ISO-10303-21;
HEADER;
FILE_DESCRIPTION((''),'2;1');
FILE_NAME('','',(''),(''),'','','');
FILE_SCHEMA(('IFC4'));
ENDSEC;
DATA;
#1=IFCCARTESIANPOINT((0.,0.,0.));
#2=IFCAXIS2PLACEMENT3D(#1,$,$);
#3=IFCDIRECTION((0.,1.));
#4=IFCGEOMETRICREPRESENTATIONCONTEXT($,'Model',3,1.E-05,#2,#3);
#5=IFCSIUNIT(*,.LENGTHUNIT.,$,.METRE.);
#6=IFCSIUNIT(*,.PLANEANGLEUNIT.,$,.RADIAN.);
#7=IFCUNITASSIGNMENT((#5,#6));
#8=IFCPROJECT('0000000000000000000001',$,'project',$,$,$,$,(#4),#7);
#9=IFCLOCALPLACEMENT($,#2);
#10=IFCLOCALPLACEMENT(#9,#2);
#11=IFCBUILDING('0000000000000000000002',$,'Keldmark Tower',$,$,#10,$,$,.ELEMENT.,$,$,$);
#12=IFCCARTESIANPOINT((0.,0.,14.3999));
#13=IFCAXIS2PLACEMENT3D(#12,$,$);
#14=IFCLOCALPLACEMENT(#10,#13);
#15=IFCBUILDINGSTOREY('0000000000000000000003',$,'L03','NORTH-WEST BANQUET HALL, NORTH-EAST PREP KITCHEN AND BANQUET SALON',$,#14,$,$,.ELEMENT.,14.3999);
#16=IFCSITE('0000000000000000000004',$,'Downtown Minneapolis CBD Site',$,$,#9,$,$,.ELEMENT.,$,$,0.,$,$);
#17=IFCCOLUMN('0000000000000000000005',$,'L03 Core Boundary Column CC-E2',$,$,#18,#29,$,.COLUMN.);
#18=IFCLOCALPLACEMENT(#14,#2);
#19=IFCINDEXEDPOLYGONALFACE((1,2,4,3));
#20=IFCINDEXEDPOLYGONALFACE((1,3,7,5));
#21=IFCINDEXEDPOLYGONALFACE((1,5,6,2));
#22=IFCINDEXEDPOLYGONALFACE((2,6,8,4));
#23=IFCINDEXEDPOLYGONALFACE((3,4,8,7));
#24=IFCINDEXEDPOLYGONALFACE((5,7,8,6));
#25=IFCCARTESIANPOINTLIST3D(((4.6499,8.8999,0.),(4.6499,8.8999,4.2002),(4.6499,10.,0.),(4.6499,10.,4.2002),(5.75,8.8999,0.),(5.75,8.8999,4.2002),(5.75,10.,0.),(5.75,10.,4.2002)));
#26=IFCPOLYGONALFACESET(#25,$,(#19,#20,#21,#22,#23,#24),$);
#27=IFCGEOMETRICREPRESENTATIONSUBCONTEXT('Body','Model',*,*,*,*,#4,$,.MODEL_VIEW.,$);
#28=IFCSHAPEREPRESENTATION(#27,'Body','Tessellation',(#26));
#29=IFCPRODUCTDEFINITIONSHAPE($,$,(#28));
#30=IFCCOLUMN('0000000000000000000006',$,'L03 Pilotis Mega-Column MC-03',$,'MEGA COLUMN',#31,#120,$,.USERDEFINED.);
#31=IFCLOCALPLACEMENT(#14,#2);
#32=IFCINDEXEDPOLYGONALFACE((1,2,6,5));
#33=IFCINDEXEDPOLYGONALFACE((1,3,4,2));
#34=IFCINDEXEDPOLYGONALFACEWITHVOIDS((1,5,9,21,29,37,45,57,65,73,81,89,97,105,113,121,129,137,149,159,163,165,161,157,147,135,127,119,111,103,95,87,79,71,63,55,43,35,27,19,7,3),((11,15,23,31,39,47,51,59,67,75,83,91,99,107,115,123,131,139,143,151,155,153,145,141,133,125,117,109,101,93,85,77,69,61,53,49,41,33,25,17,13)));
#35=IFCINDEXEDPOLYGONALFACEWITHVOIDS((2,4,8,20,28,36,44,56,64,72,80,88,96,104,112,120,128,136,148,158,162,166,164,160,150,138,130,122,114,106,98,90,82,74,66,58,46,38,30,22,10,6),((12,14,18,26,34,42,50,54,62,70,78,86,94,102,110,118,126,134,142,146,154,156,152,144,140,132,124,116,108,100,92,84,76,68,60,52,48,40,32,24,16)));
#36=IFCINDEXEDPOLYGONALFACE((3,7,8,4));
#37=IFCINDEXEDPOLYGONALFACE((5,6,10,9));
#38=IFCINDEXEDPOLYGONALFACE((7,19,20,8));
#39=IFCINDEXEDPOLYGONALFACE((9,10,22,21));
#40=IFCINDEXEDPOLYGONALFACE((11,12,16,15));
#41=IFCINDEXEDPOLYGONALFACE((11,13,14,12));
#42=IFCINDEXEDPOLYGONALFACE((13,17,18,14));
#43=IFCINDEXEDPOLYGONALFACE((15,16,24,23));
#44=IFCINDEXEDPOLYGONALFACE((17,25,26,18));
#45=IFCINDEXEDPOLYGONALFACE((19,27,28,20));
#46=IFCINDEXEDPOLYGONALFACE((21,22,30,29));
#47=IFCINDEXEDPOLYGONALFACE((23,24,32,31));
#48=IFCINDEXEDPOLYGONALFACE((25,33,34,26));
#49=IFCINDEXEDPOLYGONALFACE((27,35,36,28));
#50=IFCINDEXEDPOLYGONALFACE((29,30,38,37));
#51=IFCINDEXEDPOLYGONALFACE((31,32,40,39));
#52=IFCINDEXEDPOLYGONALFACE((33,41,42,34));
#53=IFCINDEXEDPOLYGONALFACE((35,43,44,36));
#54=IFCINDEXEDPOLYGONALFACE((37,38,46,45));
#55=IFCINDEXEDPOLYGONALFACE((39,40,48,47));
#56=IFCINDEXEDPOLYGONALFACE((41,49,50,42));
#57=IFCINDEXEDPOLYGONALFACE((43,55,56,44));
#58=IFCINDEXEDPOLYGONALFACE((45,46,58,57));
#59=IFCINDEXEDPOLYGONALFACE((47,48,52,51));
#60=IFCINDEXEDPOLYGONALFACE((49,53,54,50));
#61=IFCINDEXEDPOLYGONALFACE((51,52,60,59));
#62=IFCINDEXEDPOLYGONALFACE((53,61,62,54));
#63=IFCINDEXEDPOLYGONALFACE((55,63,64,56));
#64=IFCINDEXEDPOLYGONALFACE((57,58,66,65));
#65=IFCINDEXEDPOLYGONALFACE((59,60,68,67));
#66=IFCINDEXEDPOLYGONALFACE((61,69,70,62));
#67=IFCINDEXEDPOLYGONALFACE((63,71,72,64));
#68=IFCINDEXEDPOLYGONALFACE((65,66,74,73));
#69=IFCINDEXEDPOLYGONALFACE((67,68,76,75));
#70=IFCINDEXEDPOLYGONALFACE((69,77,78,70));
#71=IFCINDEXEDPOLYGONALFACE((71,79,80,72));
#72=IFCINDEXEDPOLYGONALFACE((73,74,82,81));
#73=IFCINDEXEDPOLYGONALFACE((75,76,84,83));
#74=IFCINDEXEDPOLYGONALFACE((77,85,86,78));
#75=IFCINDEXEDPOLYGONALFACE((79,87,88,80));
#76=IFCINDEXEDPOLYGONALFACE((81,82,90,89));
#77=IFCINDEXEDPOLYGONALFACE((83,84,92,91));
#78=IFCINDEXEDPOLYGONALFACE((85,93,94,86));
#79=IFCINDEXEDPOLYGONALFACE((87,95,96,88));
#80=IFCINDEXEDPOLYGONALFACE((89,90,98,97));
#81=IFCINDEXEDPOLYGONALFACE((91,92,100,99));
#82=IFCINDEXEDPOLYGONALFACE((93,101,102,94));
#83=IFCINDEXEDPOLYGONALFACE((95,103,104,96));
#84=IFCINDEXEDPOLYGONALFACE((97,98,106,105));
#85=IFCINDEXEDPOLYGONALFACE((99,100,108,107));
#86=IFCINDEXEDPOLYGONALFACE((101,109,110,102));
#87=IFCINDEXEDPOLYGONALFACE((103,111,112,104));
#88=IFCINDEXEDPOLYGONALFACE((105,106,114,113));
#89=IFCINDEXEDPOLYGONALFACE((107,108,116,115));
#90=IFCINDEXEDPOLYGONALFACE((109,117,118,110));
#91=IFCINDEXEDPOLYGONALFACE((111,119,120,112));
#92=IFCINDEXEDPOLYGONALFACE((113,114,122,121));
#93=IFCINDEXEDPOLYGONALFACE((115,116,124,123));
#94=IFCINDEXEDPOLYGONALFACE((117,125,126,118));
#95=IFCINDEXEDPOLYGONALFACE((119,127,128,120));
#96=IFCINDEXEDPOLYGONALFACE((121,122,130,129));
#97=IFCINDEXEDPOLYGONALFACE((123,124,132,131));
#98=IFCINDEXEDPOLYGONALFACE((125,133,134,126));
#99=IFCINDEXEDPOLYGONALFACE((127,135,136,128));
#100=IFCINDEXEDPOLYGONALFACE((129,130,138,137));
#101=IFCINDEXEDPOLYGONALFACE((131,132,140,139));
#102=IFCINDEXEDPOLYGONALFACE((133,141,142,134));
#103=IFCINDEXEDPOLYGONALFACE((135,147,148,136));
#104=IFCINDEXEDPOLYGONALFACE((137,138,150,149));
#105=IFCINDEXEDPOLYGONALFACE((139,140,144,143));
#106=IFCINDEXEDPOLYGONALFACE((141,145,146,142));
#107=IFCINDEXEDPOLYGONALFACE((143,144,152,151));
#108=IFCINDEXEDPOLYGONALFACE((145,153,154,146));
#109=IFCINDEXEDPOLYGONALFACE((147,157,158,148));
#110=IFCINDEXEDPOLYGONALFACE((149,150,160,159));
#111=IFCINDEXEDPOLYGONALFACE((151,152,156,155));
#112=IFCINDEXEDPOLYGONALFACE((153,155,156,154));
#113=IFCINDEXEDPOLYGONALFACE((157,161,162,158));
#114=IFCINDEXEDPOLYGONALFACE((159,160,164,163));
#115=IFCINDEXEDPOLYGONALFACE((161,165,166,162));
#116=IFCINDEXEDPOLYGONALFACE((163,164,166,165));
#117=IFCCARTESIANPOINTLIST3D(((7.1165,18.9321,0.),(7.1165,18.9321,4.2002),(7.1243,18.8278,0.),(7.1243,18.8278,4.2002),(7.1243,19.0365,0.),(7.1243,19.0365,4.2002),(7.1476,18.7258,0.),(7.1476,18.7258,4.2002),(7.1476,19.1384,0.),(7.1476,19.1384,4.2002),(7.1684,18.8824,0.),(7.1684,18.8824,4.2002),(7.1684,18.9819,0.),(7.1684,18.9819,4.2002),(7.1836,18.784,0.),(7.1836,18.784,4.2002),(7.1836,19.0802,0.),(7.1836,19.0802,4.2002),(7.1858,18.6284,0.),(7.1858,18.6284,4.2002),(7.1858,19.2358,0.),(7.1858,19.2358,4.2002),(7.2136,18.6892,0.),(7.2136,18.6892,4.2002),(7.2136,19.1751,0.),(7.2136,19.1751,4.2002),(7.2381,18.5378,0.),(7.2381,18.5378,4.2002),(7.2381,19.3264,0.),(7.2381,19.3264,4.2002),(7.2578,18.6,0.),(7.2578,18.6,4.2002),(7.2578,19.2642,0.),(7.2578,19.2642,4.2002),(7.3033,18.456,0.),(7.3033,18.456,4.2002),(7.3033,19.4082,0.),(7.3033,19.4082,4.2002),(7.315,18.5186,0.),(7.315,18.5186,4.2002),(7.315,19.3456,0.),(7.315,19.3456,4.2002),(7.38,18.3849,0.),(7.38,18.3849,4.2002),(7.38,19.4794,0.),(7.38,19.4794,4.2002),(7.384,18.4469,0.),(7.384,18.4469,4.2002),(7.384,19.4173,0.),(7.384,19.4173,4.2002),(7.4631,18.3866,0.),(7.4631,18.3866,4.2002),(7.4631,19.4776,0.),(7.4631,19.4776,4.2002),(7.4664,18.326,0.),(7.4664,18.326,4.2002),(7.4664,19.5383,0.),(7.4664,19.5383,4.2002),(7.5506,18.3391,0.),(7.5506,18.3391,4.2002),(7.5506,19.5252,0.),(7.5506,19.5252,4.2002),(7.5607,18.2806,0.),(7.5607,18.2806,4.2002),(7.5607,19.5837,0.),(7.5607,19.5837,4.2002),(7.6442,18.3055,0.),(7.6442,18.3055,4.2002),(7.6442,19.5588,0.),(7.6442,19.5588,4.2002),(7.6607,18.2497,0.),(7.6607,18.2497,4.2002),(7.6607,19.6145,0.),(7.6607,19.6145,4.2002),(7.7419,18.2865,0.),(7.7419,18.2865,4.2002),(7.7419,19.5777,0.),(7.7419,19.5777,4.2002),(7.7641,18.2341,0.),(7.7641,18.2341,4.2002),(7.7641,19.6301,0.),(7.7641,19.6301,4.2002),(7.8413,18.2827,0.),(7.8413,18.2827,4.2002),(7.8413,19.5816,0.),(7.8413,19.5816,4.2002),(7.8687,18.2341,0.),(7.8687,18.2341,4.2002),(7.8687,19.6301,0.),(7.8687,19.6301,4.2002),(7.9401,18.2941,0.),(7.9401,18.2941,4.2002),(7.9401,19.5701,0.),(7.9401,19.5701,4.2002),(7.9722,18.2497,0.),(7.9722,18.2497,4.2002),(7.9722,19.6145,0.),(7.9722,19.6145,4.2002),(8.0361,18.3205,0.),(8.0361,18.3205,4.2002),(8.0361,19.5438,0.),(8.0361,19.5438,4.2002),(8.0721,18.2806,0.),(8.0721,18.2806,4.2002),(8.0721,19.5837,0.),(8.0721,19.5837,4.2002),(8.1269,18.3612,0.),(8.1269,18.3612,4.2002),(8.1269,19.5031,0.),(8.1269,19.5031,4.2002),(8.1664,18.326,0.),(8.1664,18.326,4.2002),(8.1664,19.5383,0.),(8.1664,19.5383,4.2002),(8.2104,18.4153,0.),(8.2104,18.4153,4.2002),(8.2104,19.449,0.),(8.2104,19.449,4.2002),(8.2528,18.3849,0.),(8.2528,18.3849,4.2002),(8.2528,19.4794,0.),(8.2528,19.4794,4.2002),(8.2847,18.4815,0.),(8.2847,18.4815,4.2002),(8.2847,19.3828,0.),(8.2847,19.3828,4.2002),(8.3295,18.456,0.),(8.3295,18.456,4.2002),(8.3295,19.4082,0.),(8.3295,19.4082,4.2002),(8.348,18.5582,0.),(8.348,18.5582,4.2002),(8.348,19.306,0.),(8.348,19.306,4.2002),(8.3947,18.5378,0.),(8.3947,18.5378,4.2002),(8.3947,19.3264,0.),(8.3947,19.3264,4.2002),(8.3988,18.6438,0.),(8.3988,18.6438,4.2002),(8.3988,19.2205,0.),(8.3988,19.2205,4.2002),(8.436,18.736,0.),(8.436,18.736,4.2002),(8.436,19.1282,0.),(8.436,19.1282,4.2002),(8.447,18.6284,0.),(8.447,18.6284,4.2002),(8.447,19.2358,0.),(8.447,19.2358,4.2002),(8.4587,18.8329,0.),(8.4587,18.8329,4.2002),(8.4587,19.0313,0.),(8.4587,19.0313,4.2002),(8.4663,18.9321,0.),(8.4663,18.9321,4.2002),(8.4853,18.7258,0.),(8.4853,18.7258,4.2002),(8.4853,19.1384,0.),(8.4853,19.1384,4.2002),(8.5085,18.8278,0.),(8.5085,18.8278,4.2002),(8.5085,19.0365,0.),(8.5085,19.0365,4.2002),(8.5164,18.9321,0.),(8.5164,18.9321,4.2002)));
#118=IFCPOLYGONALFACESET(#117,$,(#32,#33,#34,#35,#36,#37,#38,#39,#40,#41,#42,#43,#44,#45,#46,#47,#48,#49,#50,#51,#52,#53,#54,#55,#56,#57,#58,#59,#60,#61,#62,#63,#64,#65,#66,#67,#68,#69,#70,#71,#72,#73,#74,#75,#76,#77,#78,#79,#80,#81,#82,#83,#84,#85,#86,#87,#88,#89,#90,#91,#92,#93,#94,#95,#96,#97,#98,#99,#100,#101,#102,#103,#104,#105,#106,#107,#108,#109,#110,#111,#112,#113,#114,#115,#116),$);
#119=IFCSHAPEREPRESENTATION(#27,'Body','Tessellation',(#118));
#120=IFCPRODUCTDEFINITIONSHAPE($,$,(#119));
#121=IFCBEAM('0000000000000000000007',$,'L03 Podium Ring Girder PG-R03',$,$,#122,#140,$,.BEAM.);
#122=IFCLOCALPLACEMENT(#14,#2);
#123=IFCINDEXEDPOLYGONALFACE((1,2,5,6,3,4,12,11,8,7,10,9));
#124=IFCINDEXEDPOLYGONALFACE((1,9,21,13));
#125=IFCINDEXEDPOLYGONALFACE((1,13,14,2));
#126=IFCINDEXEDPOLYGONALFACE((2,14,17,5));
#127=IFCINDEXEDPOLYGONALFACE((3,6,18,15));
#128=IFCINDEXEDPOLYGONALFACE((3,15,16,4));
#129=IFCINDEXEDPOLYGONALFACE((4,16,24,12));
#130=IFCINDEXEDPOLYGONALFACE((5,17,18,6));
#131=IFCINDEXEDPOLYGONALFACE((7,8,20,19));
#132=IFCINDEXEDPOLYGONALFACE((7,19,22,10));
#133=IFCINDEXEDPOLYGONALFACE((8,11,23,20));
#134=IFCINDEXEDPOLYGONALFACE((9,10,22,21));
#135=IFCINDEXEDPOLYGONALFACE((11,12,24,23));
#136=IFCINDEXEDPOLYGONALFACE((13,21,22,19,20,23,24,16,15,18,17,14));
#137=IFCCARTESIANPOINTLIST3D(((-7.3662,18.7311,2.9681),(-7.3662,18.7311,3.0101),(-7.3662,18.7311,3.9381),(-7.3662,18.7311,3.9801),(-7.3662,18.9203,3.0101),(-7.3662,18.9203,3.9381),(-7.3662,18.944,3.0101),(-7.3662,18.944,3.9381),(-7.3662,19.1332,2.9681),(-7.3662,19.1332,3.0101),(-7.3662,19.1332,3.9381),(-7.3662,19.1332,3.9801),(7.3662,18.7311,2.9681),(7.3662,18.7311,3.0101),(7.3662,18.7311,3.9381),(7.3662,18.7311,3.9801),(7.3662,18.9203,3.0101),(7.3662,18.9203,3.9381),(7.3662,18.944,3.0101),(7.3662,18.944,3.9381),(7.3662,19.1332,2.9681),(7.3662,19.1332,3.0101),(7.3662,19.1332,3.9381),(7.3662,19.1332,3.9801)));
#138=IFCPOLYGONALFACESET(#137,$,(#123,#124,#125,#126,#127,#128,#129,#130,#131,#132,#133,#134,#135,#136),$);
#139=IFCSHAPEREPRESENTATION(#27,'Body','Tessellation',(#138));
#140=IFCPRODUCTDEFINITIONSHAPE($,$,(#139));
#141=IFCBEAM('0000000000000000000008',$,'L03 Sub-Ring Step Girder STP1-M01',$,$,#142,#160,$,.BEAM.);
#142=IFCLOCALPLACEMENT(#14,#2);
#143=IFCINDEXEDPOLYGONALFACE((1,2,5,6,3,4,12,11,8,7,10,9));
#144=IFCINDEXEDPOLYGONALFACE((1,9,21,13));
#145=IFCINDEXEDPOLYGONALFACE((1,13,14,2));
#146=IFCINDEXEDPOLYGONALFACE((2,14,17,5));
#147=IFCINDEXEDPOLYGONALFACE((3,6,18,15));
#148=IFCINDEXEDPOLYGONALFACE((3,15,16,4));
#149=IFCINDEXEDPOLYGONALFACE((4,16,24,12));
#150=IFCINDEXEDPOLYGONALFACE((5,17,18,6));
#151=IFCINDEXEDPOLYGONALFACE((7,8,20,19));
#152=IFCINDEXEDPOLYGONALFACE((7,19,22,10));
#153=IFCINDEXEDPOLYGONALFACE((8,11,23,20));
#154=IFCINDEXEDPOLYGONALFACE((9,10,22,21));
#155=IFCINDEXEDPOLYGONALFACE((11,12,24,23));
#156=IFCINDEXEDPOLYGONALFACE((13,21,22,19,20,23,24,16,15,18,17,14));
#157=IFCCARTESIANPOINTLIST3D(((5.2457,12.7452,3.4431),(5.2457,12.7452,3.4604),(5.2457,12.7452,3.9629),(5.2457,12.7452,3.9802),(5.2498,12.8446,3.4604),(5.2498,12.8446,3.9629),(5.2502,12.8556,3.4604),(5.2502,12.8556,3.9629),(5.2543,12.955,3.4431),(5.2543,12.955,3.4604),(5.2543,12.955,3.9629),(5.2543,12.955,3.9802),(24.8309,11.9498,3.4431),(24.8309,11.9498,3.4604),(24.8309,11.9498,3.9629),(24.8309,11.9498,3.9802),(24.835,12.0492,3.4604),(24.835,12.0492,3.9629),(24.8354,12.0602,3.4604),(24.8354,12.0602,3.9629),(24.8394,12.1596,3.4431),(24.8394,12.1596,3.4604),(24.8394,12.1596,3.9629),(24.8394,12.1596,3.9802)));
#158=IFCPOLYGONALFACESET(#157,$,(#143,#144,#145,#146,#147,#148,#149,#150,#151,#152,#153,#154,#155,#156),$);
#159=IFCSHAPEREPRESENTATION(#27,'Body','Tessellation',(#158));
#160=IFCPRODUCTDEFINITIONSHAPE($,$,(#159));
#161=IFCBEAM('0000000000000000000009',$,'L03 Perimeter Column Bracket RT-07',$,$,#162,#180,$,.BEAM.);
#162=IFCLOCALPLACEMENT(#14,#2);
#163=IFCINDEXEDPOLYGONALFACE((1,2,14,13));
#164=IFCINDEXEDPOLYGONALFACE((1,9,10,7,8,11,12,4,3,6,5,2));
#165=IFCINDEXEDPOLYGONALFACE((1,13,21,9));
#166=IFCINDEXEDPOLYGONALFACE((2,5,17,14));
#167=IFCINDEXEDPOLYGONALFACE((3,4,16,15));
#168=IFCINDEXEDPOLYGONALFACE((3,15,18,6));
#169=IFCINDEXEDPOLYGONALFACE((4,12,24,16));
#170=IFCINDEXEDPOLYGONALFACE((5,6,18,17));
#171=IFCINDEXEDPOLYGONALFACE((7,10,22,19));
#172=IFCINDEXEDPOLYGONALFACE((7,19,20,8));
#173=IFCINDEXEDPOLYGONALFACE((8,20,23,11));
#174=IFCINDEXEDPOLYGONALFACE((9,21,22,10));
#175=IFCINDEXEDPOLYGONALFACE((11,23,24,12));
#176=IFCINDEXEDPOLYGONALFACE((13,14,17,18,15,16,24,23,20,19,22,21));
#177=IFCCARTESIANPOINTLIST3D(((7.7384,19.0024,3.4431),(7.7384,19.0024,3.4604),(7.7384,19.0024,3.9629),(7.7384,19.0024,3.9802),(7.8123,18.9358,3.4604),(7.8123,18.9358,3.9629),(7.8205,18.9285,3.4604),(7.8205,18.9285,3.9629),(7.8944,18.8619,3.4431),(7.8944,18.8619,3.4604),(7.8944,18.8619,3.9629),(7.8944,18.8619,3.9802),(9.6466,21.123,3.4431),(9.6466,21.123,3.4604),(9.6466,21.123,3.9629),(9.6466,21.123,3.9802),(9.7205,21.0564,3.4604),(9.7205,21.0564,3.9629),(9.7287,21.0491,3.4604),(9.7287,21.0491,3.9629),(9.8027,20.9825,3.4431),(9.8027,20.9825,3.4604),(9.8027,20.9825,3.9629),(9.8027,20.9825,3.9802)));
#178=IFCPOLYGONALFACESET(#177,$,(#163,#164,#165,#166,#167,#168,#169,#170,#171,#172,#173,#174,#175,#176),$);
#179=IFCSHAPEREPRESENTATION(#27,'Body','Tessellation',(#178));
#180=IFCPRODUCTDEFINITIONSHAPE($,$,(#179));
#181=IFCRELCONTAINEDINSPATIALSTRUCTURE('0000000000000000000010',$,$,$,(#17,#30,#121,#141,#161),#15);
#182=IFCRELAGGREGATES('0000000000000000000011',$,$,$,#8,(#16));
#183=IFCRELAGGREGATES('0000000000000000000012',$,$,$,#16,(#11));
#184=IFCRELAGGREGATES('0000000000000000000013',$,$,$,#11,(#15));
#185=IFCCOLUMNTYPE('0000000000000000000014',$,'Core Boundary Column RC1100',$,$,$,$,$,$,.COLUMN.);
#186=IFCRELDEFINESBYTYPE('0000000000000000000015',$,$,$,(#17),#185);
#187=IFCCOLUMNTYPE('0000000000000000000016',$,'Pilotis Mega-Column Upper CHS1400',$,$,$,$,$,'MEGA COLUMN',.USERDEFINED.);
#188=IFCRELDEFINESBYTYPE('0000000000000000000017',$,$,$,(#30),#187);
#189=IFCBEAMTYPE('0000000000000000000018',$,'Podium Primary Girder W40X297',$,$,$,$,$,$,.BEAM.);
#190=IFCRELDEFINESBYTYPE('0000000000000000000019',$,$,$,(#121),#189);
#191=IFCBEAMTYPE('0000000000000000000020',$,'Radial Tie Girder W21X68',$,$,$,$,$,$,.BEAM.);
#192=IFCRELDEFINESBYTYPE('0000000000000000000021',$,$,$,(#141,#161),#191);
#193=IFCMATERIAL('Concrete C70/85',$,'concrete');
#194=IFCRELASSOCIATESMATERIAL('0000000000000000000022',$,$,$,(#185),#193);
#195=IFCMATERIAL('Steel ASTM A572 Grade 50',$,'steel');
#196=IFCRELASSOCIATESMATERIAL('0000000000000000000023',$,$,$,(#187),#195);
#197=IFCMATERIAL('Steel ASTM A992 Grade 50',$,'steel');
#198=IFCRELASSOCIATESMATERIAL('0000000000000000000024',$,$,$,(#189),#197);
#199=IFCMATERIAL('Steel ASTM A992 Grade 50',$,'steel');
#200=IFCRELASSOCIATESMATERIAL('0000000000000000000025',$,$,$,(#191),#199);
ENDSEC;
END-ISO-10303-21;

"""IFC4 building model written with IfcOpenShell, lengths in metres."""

from ifc_helpers import new_model, si_unit, direction, frame, origin, origin_2d, place, context, subcontext, project, spatial, rectangle, hollow_circle, i_section, extrude, material, material_profile, profile_set, type_object, element, save


model = new_model("IFC4")

# Units and contexts
model_context = context("Model", 3, precision=1e-05, world=origin(), true_north=direction((0.0, 1.0)))
body_context = subcontext(model_context, "Body", "Model", "MODEL_VIEW")
ifc_project = project(units=[si_unit("LENGTHUNIT", "METRE"), si_unit("PLANEANGLEUNIT", "RADIAN")], contexts=[model_context])

# Site, building, storey
site_placement = place(None, origin())
site = spatial("IfcSite", under=ifc_project, at=site_placement, Name="Downtown Minneapolis CBD Site", CompositionType="ELEMENT", RefElevation=0.0)
building_placement = place(site_placement, origin())
building = spatial("IfcBuilding", under=site, at=building_placement, Name="Keldmark Tower", CompositionType="ELEMENT")
storey_placement = place(building_placement, frame((0.0, 0.0, 14.3999)))
storey = spatial("IfcBuildingStorey", under=building, at=storey_placement, Name="L03", Description="NORTH-WEST BANQUET HALL, NORTH-EAST PREP KITCHEN AND BANQUET SALON", CompositionType="ELEMENT", Elevation=14.3999)

# Columns
ifc_material_1 = material(Name="Concrete C70/85", Category="concrete")
ifc_material_profile_1 = material_profile(ifc_material_1, rectangle(XDim=1.1001, YDim=1.1001, at=origin_2d()), Name="RC1100X1100")
ifc_profile_set_1 = profile_set([ifc_material_profile_1], Name="Concrete C70/85")
column_type_1 = type_object("IfcColumnType", Name="Core Boundary Column RC1100", PredefinedType="COLUMN", material=ifc_profile_set_1)
column_1_placement = place(storey_placement, frame((5.2, 9.45, 0.0), z_axis=(0.0, 0.0, 1.0), x_axis=(1.0, 0.0, 0.0)))
element("IfcColumn", 1, at=column_1_placement, inside=storey, type_object=column_type_1, Name="L03 Core Boundary Column CC-E2", PredefinedType="COLUMN", context=body_context, shape_type="SweptSolid", body=[
    extrude(rectangle(XDim=1.1001, YDim=1.1001, at=origin_2d()), origin(), (0.0, 0.0, 1.0), 4.2002),
])
ifc_material_2 = material(Name="Steel ASTM A572 Grade 50", Category="steel")
ifc_material_profile_2 = material_profile(ifc_material_2, hollow_circle(Radius=0.7, WallThickness=0.05, at=origin_2d()), Name="CHS1400X50")
ifc_profile_set_2 = profile_set([ifc_material_profile_2], Name="Steel ASTM A572 Grade 50")
column_type_2 = type_object("IfcColumnType", Name="Pilotis Mega-Column Upper CHS1400", ElementType="MEGA COLUMN", PredefinedType="USERDEFINED", material=ifc_profile_set_2)
column_2_placement = place(storey_placement, frame((7.8164, 18.9321, 0.0), z_axis=(0.0, 0.0, 1.0), x_axis=(1.0, 0.0, 0.0)))
element("IfcColumn", 2, at=column_2_placement, inside=storey, type_object=column_type_2, Name="L03 Pilotis Mega-Column MC-03", ObjectType="MEGA COLUMN", PredefinedType="USERDEFINED", context=body_context, shape_type="SweptSolid", body=[
    extrude(hollow_circle(Radius=0.7, WallThickness=0.05, at=origin_2d()), origin(), (0.0, 0.0, 1.0), 4.2002),
])

# Beams
ifc_material_3 = material(Name="Steel ASTM A992 Grade 50", Category="steel")
ifc_material_profile_3 = material_profile(ifc_material_3, i_section(OverallWidth=0.4021, OverallDepth=1.012, WebThickness=0.0237, FlangeThickness=0.042, at=origin_2d()), Name="W40X297")
ifc_profile_set_3 = profile_set([ifc_material_profile_3], Name="Steel ASTM A992 Grade 50")
beam_type_1 = type_object("IfcBeamType", Name="Podium Primary Girder W40X297", PredefinedType="BEAM", material=ifc_profile_set_3)
beam_1_placement = place(storey_placement, frame((7.3662, 18.9321, 3.4741), z_axis=(-1.0, 0.0, 0.0), x_axis=(0.0, -1.0, 0.0)))
element("IfcBeam", 3, at=beam_1_placement, inside=storey, type_object=beam_type_1, Name="L03 Podium Ring Girder PG-R03", PredefinedType="BEAM", context=body_context, shape_type="SweptSolid", body=[
    extrude(i_section(OverallWidth=0.4021, OverallDepth=1.012, WebThickness=0.0237, FlangeThickness=0.042, at=origin_2d()), origin(), (0.0, 0.0, 1.0), 14.7324),
])
ifc_material_4 = material(Name="Steel ASTM A992 Grade 50", Category="steel")
ifc_material_profile_4 = material_profile(ifc_material_4, i_section(OverallWidth=0.21, OverallDepth=0.5371, WebThickness=0.011, FlangeThickness=0.0173, at=origin_2d()), Name="W21X68")
ifc_profile_set_4 = profile_set([ifc_material_profile_4], Name="Steel ASTM A992 Grade 50")
beam_type_2 = type_object("IfcBeamType", Name="Radial Tie Girder W21X68", PredefinedType="BEAM", material=ifc_profile_set_4)
beam_2_placement = place(storey_placement, frame((5.25, 12.8501, 3.7117), z_axis=(0.999176, -0.040579, 0.0), x_axis=(0.040579, 0.999176, 0.0)))
element("IfcBeam", 4, at=beam_2_placement, inside=storey, type_object=beam_type_2, Name="L03 Sub-Ring Step Girder STP1-M01", PredefinedType="BEAM", context=body_context, shape_type="SweptSolid", body=[
    extrude(i_section(OverallWidth=0.21, OverallDepth=0.5371, WebThickness=0.011, FlangeThickness=0.0173, at=origin_2d()), origin(), (0.0, 0.0, 1.0), 19.6013),
])
beam_3_placement = place(storey_placement, frame((7.8164, 18.9321, 3.7117), z_axis=(0.668899, 0.743354, 0.0), x_axis=(-0.743354, 0.668899, 0.0)))
element("IfcBeam", 5, at=beam_3_placement, inside=storey, type_object=beam_type_2, Name="L03 Perimeter Column Bracket RT-07", PredefinedType="BEAM", context=body_context, shape_type="SweptSolid", body=[
    extrude(i_section(OverallWidth=0.21, OverallDepth=0.5371, WebThickness=0.011, FlangeThickness=0.0173, at=origin_2d()), origin(), (0.0, 0.0, 1.0), 2.8528),
])

save(model, "model.ifc")
